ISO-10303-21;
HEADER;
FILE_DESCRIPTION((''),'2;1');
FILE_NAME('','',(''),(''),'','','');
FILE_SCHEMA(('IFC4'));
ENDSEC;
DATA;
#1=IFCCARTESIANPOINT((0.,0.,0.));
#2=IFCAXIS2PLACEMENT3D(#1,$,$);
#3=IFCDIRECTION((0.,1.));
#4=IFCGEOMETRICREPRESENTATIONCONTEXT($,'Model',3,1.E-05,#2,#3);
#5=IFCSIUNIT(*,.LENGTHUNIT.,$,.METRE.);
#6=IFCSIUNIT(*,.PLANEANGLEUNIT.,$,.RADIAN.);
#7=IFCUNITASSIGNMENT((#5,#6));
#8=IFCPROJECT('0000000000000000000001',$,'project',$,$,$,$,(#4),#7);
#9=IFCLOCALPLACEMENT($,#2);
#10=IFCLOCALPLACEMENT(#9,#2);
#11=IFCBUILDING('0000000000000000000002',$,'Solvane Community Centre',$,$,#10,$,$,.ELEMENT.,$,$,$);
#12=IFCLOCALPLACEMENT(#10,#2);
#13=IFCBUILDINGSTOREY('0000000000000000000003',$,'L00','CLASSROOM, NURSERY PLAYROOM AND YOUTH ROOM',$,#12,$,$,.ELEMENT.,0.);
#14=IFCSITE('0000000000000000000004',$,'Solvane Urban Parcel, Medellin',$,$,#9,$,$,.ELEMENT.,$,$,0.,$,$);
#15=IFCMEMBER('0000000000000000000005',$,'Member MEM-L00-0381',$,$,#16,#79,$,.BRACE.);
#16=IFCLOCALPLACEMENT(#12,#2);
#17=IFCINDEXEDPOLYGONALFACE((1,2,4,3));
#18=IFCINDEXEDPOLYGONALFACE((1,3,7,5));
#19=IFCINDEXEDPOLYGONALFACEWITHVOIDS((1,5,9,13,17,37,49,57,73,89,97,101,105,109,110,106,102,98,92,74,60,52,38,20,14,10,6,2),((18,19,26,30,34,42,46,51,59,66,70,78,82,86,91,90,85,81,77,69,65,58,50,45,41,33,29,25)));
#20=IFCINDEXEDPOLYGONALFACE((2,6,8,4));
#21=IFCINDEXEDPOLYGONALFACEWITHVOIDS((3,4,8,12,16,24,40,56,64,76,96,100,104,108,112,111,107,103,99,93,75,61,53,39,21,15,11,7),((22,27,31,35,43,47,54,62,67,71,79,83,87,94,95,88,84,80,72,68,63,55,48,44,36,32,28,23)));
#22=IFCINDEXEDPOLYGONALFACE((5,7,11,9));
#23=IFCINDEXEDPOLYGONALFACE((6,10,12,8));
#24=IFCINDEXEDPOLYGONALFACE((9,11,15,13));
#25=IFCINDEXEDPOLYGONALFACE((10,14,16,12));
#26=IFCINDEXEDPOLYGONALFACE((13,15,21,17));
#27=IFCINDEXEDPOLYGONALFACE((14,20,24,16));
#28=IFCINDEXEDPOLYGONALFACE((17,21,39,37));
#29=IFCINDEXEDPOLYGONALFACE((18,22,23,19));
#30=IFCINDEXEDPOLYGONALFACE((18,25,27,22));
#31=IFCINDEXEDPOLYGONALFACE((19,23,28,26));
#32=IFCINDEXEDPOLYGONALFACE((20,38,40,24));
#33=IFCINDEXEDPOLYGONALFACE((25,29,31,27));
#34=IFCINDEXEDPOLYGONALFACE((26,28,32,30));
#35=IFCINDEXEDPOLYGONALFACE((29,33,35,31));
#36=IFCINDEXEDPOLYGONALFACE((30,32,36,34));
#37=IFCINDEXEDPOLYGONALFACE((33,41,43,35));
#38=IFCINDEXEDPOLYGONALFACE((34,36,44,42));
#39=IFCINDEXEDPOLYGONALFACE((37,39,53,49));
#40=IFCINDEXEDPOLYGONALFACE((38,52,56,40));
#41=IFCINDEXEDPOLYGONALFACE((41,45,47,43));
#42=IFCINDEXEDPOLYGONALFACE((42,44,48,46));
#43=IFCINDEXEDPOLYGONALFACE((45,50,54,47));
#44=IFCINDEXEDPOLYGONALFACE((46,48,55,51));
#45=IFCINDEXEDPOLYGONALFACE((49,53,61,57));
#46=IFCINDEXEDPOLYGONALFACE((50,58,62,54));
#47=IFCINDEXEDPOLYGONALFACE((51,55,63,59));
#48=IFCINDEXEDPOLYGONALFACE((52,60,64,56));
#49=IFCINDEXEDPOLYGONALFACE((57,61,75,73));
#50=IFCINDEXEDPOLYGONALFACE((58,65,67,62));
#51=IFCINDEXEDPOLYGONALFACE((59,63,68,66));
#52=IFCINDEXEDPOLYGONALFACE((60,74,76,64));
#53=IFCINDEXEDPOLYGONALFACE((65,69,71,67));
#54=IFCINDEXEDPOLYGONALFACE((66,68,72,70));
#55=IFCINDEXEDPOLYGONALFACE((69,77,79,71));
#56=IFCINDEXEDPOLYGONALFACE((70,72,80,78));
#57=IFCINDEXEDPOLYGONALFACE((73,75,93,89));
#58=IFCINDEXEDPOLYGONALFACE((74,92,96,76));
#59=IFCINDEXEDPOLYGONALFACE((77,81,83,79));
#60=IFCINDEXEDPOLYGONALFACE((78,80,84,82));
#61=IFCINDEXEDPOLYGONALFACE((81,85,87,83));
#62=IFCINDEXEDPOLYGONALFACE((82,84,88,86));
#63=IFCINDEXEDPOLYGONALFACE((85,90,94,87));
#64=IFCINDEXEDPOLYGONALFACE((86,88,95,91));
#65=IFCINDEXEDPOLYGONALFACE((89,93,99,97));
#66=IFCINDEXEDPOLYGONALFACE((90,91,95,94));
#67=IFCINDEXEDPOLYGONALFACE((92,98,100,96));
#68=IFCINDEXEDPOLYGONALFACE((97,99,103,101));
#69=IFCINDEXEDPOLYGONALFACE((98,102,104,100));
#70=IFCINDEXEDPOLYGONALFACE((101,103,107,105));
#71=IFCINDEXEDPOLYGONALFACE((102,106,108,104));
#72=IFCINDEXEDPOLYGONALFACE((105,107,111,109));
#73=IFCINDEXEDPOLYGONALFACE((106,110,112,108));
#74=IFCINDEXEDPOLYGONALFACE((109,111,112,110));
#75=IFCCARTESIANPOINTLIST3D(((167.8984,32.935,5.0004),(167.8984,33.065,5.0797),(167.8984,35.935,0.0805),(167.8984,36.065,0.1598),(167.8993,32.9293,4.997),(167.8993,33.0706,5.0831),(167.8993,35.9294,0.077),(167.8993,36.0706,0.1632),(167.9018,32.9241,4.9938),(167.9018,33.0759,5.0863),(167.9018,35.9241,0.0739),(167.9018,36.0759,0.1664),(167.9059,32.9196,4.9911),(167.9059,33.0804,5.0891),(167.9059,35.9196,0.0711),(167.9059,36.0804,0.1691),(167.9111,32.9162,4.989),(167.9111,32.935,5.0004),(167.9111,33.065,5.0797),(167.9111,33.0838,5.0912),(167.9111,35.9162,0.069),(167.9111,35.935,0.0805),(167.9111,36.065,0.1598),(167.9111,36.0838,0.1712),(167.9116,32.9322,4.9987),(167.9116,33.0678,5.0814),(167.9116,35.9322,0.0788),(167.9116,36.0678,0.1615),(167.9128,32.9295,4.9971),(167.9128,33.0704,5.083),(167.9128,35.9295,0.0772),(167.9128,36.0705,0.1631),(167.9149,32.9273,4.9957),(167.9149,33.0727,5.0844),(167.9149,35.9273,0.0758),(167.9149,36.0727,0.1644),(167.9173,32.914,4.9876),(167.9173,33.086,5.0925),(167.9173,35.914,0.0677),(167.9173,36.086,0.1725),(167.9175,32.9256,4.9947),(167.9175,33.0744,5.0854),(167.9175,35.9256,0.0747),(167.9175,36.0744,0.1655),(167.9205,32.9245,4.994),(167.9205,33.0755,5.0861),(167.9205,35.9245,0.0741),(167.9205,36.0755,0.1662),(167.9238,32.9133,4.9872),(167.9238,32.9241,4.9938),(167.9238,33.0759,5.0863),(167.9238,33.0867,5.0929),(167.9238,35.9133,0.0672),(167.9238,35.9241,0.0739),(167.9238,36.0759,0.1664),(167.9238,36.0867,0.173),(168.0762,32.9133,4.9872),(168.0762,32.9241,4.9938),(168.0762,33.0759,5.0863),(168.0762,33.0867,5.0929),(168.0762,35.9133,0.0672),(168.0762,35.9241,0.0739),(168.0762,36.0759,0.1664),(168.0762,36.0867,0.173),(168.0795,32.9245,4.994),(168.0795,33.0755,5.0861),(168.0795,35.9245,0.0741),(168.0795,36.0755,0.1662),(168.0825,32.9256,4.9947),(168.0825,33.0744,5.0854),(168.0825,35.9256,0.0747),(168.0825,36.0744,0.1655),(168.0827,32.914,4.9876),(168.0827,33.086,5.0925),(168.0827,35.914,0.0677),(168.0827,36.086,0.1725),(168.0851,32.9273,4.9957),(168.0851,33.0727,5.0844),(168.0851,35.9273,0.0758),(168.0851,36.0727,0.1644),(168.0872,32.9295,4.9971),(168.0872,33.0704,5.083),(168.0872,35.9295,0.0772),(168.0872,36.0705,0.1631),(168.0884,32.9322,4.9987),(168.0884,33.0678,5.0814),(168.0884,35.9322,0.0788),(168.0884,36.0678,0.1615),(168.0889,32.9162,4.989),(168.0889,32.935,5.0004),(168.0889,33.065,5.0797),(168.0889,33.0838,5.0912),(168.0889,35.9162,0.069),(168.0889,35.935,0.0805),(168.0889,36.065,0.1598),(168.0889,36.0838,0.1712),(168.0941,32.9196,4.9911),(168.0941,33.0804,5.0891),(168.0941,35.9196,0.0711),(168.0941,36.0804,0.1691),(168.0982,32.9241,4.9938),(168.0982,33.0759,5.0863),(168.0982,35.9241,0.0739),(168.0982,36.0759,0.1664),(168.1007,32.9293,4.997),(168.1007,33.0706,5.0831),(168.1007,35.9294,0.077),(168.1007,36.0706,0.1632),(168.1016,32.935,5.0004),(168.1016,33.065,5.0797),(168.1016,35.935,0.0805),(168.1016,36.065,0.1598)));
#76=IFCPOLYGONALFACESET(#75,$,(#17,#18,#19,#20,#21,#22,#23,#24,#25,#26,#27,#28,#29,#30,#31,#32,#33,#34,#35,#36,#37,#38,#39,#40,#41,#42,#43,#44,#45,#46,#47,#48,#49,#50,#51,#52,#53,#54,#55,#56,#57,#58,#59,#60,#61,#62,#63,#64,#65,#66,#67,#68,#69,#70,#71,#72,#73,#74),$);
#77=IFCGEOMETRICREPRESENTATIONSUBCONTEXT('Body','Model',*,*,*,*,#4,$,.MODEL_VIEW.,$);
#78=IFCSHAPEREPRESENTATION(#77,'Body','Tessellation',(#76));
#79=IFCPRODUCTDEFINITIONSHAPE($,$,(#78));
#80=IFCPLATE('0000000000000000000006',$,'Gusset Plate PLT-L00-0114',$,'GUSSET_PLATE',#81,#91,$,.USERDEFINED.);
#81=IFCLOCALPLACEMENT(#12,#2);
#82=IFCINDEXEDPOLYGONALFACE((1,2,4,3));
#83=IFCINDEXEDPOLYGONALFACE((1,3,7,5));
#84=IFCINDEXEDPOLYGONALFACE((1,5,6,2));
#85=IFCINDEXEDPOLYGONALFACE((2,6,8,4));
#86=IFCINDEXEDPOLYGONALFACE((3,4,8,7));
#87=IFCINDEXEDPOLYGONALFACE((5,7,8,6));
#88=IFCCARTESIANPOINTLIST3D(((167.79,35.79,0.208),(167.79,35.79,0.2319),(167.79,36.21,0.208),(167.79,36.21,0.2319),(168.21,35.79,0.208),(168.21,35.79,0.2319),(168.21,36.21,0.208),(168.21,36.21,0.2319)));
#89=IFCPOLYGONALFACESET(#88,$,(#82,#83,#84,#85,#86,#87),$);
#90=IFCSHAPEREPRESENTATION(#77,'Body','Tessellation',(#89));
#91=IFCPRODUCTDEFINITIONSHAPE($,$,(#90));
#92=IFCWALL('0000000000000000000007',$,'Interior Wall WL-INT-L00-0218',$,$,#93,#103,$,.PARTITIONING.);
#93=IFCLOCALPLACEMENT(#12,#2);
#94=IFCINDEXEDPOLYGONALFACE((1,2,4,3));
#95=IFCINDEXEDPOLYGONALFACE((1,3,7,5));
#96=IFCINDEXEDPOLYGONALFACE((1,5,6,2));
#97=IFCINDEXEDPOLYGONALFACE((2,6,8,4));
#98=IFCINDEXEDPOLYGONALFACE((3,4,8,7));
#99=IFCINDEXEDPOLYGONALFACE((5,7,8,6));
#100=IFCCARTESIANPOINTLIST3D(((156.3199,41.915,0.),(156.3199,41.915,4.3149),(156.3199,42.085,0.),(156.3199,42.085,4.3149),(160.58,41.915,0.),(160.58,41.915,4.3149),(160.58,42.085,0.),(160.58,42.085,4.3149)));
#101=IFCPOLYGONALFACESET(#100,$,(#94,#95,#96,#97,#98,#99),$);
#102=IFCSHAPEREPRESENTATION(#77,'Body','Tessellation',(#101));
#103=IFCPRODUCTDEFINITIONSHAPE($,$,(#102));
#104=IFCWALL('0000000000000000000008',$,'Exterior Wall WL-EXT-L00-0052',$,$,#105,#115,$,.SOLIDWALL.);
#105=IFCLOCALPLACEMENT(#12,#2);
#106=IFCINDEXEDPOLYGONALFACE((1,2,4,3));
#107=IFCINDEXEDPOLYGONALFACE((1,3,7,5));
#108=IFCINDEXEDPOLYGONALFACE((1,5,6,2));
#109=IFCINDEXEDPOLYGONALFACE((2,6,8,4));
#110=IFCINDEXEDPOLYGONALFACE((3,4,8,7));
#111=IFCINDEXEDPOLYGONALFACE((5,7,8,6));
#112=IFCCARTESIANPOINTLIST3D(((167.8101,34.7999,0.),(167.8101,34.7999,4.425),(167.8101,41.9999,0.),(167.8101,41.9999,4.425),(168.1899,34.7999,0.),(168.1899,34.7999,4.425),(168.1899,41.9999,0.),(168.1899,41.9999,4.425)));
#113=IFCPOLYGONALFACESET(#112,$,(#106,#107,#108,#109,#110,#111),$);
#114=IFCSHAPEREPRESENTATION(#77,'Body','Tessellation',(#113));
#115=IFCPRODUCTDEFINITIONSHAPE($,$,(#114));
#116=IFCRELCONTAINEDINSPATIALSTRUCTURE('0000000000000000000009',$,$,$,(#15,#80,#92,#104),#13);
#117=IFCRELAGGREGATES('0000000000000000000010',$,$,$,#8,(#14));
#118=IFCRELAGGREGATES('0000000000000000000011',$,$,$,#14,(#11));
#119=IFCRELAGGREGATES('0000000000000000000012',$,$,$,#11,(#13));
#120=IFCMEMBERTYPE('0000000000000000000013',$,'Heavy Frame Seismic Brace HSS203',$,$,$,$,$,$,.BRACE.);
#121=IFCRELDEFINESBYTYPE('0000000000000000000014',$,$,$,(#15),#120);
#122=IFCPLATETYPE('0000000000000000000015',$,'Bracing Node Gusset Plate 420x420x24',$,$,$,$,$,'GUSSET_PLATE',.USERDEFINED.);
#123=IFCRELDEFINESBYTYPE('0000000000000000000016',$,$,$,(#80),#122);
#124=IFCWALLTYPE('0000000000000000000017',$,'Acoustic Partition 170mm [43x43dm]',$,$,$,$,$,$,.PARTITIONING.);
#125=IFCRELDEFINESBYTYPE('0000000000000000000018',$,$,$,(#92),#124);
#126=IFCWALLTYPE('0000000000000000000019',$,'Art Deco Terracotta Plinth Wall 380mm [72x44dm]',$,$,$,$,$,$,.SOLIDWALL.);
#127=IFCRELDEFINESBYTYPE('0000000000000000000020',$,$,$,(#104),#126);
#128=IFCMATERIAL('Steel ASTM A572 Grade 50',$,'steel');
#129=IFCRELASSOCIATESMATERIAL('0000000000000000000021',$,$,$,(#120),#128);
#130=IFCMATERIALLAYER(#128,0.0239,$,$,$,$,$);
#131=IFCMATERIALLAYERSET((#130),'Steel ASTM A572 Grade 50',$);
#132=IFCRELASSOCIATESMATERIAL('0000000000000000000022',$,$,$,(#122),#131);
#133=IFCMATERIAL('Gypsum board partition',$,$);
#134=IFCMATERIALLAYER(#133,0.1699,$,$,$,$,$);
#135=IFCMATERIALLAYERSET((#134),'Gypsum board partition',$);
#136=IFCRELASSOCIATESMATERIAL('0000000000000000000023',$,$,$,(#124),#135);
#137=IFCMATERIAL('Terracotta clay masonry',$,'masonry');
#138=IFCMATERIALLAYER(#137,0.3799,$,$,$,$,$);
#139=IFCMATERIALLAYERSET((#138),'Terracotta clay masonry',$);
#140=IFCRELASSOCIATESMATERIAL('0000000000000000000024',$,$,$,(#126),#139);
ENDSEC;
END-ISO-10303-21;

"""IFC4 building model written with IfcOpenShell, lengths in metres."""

from ifc_helpers import new_model, si_unit, direction, frame, frame_2d, origin, origin_2d, place, context, subcontext, project, spatial, rectangle, hollow_rectangle, extrude, material, layer, layer_set, material_profile, profile_set, type_object, element, save


model = new_model("IFC4")

# Units and contexts
model_context = context("Model", 3, precision=1e-05, world=origin(), true_north=direction((0.0, 1.0)))
body_context = subcontext(model_context, "Body", "Model", "MODEL_VIEW")
ifc_project = project(units=[si_unit("LENGTHUNIT", "METRE"), si_unit("PLANEANGLEUNIT", "RADIAN")], contexts=[model_context])

# Site, building, storey
site_placement = place(None, origin())
site = spatial("IfcSite", under=ifc_project, at=site_placement, Name="Solvane Urban Parcel, Medellin", CompositionType="ELEMENT", RefElevation=0.0)
building_placement = place(site_placement, origin())
building = spatial("IfcBuilding", under=site, at=building_placement, Name="Solvane Community Centre", CompositionType="ELEMENT")
storey_placement = place(building_placement, origin())
storey = spatial("IfcBuildingStorey", under=building, at=storey_placement, Name="L00", Description="CLASSROOM, NURSERY PLAYROOM AND YOUTH ROOM", CompositionType="ELEMENT", Elevation=0.0)

# Member
ifc_material_1 = material(Name="Steel ASTM A572 Grade 50", Category="steel")
ifc_material_profile_1 = material_profile(ifc_material_1, hollow_rectangle(XDim=0.2031, YDim=0.2031, WallThickness=0.0127, InnerFilletRadius=0.0127, OuterFilletRadius=0.0254, at=origin_2d()), Name="HSS 203x203x12.7")
ifc_profile_set_1 = profile_set([ifc_material_profile_1], Name="Steel ASTM A572 Grade 50")
member_type = type_object("IfcMemberType", Name="Heavy Frame Seismic Brace HSS203", PredefinedType="BRACE", material=ifc_profile_set_1)
member_placement = place(storey_placement, frame((168.0, 36.0, 0.1201), z_axis=(0.0, -0.520613, 0.853793), x_axis=(1.0, 0.0, 0.0)))
element("IfcMember", 1, at=member_placement, inside=storey, type_object=member_type, Name="Member MEM-L00-0381", PredefinedType="BRACE", context=body_context, shape_type="SweptSolid", body=[
    extrude(hollow_rectangle(XDim=0.2031, YDim=0.2031, WallThickness=0.0127, InnerFilletRadius=0.0127, OuterFilletRadius=0.0254, at=origin_2d()), origin(), (0.0, 0.0, 1.0), 5.7625),
])

# Plate
ifc_layer_1 = layer(ifc_material_1, 0.0239)
ifc_layer_set_1 = layer_set([ifc_layer_1], Name="Steel ASTM A572 Grade 50")
plate_type = type_object("IfcPlateType", Name="Bracing Node Gusset Plate 420x420x24", ElementType="GUSSET_PLATE", PredefinedType="USERDEFINED", material=ifc_layer_set_1)
plate_placement = place(storey_placement, frame((168.0, 36.0, 0.208), z_axis=(0.0, 0.0, 1.0), x_axis=(1.0, 0.0, 0.0)))
element("IfcPlate", 2, at=plate_placement, inside=storey, type_object=plate_type, Name="Gusset Plate PLT-L00-0114", ObjectType="GUSSET_PLATE", PredefinedType="USERDEFINED", context=body_context, shape_type="SweptSolid", body=[
    extrude(rectangle(XDim=0.4199, YDim=0.4199, at=origin_2d()), origin(), (0.0, 0.0, 1.0), 0.0239),
])

# Wall
ifc_material_2 = material(Name="Gypsum board partition")
ifc_layer_2 = layer(ifc_material_2, 0.1699)
ifc_layer_set_2 = layer_set([ifc_layer_2], Name="Gypsum board partition")
wall_type_1 = type_object("IfcWallType", Name="Acoustic Partition 170mm [43x43dm]", PredefinedType="PARTITIONING", material=ifc_layer_set_2)
wall_1_placement = place(storey_placement, frame((156.3201, 42.0, 0.0), z_axis=(0.0, 0.0, 1.0), x_axis=(1.0, 0.0, 0.0)))
element("IfcWall", 3, at=wall_1_placement, inside=storey, type_object=wall_type_1, Name="Interior Wall WL-INT-L00-0218", PredefinedType="PARTITIONING", context=body_context, shape_type="SweptSolid", body=[
    extrude(rectangle(XDim=4.26, YDim=0.1699, at=frame_2d((2.1299, 0.0))), origin(), (0.0, 0.0, 1.0), 4.3149),
])

# Shared definitions
ifc_material_3 = material(Name="Terracotta clay masonry", Category="masonry")

# Wall
ifc_layer_3 = layer(ifc_material_3, 0.3799)
ifc_layer_set_3 = layer_set([ifc_layer_3], Name="Terracotta clay masonry")
wall_type_2 = type_object("IfcWallType", Name="Art Deco Terracotta Plinth Wall 380mm [72x44dm]", PredefinedType="SOLIDWALL", material=ifc_layer_set_3)
wall_2_placement = place(storey_placement, frame((168.0, 42.0, 0.0), z_axis=(0.0, 0.0, 1.0), x_axis=(0.0, -1.0, 0.0)))
element("IfcWall", 4, at=wall_2_placement, inside=storey, type_object=wall_type_2, Name="Exterior Wall WL-EXT-L00-0052", PredefinedType="SOLIDWALL", context=body_context, shape_type="SweptSolid", body=[
    extrude(rectangle(XDim=7.2, YDim=0.3799, at=frame_2d((3.6001, 0.0))), origin(), (0.0, 0.0, 1.0), 4.425),
])

save(model, "model.ifc")
